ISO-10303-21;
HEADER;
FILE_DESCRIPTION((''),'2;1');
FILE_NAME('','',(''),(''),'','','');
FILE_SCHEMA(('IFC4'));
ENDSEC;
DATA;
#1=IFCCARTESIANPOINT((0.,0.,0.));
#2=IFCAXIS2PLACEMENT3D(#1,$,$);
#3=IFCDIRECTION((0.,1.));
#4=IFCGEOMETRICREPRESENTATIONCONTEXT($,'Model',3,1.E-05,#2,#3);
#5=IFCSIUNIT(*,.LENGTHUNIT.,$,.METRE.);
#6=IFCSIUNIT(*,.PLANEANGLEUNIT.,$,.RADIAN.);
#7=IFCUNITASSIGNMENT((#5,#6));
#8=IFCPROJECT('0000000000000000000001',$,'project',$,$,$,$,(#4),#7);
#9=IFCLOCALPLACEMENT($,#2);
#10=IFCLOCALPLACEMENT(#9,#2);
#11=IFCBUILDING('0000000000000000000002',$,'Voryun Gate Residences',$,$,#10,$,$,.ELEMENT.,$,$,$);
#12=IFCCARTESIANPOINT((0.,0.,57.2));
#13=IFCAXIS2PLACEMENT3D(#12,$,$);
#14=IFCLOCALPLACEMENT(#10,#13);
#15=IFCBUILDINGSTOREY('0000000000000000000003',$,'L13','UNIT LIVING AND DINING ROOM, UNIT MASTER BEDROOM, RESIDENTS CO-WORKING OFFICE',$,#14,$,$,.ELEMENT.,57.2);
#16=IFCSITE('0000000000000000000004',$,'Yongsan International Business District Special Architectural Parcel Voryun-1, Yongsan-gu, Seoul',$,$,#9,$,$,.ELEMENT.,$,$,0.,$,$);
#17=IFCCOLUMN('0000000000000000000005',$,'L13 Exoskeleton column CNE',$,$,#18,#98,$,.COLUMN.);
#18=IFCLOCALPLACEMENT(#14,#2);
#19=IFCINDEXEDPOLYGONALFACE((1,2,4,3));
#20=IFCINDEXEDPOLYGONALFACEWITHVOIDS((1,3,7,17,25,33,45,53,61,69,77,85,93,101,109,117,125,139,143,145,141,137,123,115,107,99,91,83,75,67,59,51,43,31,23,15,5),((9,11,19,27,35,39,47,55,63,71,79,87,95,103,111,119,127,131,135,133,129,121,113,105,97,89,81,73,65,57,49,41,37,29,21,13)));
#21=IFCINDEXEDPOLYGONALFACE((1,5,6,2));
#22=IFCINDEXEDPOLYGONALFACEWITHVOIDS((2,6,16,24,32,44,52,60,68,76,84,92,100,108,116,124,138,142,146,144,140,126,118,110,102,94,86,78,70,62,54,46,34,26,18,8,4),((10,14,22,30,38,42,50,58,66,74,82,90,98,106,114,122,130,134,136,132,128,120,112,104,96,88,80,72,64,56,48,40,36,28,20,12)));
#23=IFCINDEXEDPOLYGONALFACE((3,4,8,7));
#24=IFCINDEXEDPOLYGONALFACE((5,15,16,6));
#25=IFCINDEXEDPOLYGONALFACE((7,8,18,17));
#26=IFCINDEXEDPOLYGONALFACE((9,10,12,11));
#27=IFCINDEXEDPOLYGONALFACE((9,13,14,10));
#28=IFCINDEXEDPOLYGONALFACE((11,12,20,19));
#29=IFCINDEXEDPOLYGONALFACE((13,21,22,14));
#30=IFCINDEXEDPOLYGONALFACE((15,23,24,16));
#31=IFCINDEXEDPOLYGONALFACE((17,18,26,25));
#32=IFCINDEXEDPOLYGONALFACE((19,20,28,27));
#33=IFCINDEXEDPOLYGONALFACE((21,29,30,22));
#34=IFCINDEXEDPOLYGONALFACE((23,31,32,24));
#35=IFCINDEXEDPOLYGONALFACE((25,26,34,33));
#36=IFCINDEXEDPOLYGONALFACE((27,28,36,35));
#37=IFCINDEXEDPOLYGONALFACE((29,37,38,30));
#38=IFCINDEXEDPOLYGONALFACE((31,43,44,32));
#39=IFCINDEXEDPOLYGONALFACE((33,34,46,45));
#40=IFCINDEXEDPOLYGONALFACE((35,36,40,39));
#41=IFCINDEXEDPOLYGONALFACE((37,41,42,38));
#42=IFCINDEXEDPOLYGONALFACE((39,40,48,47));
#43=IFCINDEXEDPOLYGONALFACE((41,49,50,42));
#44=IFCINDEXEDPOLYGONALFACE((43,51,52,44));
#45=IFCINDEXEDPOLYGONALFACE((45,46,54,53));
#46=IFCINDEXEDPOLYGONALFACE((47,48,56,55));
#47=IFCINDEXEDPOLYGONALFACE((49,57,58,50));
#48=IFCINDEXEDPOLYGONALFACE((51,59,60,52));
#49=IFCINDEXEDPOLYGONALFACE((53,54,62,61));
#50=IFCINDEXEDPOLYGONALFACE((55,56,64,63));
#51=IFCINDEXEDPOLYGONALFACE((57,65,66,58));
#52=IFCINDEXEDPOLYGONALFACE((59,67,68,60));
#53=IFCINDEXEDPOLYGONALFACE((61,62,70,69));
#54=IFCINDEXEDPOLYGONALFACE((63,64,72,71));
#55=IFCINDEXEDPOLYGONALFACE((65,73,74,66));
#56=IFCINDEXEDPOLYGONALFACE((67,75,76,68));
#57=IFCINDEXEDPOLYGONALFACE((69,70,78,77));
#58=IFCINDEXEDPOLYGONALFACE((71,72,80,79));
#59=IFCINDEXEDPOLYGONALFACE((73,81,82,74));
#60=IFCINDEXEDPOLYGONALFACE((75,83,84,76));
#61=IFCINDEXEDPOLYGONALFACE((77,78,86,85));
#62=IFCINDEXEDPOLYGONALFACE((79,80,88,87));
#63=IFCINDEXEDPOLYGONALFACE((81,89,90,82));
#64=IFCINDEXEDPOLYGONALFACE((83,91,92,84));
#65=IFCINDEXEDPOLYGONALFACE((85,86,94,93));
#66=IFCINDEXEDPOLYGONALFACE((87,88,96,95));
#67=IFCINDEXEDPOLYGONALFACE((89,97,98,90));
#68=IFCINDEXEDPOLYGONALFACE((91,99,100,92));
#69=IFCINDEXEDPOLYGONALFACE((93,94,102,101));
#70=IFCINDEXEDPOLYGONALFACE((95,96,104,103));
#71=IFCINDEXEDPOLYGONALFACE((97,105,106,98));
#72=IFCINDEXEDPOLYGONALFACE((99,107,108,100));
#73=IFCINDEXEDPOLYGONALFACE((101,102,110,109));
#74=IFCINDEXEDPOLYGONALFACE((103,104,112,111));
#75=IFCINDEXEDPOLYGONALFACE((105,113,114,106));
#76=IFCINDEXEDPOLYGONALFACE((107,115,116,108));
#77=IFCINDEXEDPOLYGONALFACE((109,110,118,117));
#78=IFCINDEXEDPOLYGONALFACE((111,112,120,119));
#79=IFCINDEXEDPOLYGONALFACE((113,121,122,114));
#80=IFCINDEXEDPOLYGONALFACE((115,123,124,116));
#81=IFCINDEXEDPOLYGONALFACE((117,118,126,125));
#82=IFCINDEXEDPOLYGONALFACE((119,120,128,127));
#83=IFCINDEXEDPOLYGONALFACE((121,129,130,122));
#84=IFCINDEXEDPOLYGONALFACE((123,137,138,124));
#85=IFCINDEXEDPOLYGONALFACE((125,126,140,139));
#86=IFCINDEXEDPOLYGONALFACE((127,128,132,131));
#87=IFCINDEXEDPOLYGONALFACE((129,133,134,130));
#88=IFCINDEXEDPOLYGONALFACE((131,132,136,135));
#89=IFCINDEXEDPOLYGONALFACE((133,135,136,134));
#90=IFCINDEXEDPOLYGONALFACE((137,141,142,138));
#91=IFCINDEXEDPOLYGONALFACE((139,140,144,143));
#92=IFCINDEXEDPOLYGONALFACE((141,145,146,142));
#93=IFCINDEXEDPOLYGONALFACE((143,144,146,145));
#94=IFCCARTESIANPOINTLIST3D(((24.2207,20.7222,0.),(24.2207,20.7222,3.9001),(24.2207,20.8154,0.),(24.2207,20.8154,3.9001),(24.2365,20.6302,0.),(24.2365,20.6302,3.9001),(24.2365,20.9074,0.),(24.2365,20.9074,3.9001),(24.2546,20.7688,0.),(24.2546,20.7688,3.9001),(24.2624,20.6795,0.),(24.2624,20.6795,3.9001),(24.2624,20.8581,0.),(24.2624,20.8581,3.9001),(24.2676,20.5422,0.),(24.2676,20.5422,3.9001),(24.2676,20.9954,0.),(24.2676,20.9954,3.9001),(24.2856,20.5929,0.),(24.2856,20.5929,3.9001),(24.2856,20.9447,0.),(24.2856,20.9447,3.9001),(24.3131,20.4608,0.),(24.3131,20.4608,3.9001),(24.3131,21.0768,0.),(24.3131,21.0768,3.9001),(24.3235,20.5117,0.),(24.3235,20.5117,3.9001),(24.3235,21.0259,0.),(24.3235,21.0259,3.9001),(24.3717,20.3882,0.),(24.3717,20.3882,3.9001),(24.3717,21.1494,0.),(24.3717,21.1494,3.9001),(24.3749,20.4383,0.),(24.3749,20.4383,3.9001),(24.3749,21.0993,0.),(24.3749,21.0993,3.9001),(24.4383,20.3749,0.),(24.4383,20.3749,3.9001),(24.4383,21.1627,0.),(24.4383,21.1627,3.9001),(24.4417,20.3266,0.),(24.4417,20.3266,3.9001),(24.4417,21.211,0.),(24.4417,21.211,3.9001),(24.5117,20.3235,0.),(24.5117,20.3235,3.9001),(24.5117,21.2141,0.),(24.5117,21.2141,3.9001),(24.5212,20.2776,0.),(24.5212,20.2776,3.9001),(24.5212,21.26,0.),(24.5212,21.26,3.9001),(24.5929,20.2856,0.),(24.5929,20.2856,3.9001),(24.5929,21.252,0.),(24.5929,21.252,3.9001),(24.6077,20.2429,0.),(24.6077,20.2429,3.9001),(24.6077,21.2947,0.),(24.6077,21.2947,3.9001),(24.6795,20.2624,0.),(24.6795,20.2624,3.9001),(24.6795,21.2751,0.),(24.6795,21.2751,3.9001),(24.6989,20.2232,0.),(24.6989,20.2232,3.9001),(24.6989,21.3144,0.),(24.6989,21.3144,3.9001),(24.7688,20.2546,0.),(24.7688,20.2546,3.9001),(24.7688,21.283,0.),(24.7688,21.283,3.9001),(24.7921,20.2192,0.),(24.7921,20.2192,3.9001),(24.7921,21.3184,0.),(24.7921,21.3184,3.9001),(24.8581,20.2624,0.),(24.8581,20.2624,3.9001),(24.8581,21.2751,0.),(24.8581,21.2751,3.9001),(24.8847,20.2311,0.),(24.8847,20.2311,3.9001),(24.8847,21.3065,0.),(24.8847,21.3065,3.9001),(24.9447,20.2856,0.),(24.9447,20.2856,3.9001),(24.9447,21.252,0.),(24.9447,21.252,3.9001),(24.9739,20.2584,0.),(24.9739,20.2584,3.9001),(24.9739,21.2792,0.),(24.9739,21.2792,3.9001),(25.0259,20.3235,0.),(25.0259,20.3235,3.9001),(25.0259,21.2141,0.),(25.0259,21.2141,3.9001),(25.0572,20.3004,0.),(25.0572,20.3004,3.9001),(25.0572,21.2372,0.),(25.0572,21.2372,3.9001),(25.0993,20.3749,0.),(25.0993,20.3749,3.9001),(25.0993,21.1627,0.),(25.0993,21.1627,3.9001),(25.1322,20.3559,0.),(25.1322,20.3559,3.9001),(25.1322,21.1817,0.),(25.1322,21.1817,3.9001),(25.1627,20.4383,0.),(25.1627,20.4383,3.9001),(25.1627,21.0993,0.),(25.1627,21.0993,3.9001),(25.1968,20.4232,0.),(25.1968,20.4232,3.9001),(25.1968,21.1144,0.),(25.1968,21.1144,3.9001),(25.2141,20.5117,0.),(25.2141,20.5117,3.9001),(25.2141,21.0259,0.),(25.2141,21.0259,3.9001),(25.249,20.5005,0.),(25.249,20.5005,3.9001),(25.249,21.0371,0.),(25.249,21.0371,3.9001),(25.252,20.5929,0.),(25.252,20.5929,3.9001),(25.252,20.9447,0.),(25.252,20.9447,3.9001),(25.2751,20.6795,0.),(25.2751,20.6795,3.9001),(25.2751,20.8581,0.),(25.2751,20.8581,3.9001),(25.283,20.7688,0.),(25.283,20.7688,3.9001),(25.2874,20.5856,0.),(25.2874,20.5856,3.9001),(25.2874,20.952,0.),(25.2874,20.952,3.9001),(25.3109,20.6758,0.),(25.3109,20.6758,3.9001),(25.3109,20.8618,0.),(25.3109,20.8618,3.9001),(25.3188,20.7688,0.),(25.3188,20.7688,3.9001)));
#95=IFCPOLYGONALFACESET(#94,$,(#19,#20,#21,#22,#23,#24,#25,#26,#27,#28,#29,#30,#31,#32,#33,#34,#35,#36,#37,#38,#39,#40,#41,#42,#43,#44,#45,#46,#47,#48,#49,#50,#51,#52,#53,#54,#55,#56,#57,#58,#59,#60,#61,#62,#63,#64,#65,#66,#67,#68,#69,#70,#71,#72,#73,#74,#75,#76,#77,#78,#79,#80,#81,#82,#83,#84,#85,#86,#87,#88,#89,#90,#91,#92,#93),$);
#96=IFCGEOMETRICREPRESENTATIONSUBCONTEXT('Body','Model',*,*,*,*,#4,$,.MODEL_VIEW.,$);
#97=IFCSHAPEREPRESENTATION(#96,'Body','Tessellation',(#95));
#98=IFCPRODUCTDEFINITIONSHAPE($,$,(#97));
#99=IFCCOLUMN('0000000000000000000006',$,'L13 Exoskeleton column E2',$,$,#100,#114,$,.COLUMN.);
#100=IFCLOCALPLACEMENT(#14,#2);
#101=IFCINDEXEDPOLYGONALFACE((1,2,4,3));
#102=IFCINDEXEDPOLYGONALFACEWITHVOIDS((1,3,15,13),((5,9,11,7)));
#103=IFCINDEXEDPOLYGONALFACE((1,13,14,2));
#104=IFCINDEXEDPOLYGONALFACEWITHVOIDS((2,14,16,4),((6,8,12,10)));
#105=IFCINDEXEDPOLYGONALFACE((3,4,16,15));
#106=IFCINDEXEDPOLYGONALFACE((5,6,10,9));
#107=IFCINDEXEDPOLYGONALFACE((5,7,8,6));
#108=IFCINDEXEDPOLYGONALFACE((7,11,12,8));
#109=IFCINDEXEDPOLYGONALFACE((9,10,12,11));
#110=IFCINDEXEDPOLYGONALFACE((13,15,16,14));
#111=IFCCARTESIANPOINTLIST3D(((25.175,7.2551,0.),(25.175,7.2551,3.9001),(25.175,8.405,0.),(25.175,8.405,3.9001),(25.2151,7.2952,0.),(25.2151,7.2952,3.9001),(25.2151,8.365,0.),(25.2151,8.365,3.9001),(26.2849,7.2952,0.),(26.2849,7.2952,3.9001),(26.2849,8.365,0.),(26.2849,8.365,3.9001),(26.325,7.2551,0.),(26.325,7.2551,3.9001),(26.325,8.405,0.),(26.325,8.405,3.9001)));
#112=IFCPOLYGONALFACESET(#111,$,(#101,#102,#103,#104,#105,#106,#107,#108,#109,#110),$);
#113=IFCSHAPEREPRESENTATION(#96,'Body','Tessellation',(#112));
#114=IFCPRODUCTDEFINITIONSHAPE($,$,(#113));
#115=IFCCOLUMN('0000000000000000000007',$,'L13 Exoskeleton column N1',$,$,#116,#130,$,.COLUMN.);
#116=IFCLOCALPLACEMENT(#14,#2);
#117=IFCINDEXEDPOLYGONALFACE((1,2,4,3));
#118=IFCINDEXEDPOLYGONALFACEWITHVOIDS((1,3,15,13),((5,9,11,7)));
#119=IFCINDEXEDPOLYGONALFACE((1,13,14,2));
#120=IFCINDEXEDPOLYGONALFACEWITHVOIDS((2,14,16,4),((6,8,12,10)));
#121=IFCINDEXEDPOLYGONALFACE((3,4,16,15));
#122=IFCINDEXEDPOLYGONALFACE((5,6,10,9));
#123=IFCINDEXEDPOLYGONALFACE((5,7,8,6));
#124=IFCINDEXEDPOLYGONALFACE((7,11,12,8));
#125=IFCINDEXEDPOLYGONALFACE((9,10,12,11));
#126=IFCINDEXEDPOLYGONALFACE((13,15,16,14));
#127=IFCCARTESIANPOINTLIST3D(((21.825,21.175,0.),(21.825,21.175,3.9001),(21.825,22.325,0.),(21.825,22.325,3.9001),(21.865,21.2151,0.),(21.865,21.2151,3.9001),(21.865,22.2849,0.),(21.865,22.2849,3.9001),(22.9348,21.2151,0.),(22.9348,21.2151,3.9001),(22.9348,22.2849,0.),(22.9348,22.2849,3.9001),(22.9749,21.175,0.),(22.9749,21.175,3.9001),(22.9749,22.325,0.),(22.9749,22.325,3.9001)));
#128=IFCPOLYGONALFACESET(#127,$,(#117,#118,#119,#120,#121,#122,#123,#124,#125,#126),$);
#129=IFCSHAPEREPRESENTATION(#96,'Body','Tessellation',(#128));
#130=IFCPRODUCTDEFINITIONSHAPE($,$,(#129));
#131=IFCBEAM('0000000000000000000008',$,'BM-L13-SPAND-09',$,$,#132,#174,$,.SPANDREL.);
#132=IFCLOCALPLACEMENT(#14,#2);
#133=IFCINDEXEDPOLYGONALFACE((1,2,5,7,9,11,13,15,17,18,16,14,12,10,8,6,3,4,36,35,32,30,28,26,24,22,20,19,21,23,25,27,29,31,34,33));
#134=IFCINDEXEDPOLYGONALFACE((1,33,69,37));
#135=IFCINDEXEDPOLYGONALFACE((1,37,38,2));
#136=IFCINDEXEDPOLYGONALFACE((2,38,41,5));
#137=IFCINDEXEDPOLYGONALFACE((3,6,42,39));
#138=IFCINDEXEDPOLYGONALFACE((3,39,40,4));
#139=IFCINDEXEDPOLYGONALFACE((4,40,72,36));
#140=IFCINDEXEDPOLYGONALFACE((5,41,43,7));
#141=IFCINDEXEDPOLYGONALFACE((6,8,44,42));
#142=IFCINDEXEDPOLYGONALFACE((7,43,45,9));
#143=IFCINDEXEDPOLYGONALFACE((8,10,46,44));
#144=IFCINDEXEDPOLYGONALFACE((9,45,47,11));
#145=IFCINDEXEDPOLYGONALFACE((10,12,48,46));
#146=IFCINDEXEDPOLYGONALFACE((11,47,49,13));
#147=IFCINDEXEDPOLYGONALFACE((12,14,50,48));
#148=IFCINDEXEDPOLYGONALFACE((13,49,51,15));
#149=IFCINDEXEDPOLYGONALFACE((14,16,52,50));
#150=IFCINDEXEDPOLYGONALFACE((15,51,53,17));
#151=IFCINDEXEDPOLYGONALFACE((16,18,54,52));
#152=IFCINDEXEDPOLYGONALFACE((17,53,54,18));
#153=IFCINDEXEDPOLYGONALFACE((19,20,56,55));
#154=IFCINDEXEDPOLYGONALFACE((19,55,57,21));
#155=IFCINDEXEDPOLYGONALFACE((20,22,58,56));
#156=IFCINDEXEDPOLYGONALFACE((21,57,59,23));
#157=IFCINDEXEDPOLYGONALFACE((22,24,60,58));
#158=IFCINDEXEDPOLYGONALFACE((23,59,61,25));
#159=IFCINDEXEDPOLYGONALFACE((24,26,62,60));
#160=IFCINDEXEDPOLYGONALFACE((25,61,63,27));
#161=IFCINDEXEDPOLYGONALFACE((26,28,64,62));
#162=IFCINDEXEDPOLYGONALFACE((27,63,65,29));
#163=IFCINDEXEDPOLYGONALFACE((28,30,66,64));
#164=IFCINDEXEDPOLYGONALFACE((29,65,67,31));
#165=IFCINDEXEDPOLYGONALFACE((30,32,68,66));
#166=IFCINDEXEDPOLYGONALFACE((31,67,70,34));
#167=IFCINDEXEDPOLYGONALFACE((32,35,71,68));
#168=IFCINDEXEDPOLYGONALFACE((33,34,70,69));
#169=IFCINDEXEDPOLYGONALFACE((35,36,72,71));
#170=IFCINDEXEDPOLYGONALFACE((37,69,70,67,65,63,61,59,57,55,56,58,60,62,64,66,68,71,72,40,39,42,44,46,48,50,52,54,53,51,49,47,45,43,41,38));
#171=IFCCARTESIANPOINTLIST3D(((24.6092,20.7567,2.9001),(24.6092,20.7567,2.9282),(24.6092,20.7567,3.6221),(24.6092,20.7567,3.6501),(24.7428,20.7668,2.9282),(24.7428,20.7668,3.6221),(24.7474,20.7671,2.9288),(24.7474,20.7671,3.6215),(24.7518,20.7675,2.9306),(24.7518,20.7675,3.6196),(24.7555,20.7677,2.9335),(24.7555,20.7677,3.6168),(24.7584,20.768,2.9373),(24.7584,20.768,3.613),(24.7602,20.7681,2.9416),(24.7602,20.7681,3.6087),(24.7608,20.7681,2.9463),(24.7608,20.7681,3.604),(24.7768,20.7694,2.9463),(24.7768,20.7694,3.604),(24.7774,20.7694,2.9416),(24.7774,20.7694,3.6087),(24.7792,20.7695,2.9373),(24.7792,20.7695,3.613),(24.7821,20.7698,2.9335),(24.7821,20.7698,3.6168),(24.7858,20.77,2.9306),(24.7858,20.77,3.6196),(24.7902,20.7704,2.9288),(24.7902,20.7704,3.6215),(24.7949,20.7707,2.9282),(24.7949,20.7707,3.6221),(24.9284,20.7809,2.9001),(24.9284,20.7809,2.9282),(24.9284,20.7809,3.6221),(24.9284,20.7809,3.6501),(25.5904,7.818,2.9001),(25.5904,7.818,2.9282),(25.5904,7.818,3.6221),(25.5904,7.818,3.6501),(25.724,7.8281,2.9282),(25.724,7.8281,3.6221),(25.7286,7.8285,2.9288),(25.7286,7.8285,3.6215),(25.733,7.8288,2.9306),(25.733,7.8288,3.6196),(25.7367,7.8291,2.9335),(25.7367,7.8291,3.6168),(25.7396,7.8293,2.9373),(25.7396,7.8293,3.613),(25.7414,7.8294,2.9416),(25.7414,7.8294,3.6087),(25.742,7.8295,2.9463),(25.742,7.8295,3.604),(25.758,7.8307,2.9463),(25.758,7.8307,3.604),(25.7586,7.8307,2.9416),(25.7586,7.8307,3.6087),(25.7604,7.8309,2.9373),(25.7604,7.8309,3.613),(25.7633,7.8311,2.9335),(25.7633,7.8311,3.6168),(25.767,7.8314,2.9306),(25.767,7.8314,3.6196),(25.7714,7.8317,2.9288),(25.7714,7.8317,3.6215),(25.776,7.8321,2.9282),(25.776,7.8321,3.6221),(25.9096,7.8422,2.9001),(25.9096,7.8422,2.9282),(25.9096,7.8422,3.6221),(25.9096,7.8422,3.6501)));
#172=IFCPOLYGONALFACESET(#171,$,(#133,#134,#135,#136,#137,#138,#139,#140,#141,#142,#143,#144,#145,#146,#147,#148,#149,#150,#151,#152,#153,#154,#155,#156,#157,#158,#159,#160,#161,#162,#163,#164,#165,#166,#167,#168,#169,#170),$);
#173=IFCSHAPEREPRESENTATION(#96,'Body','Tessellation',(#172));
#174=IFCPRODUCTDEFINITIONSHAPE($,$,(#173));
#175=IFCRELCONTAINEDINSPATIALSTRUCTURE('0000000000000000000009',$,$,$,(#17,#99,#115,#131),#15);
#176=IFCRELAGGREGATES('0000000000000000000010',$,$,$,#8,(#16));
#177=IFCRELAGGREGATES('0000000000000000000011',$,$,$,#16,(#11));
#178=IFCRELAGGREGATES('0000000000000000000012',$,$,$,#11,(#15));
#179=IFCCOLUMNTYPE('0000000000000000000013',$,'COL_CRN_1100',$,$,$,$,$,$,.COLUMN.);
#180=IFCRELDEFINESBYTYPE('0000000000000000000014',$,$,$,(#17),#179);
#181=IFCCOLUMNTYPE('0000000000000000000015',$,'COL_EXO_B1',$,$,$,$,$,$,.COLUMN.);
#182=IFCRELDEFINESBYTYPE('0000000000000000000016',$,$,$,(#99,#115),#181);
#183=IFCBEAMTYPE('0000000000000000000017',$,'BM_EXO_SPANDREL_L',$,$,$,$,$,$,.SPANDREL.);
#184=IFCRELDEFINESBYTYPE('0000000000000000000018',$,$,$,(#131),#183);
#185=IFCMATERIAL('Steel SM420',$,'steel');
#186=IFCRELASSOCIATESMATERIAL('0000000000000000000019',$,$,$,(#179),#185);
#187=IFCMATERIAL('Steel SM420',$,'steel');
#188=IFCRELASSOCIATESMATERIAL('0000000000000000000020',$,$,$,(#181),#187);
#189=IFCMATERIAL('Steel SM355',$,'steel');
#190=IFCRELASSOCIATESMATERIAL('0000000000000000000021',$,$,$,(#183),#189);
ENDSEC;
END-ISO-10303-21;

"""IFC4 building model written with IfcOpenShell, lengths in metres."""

from ifc_helpers import new_model, si_unit, direction, frame, origin, origin_2d, place, context, subcontext, project, spatial, hollow_rectangle, hollow_circle, i_section, extrude, material, material_profile, profile_set, type_object, element, save


model = new_model("IFC4")

# Units and contexts
model_context = context("Model", 3, precision=1e-05, world=origin(), true_north=direction((0.0, 1.0)))
body_context = subcontext(model_context, "Body", "Model", "MODEL_VIEW")
ifc_project = project(units=[si_unit("LENGTHUNIT", "METRE"), si_unit("PLANEANGLEUNIT", "RADIAN")], contexts=[model_context])

# Site, building, storey
site_placement = place(None, origin())
site = spatial("IfcSite", under=ifc_project, at=site_placement, Name="Yongsan International Business District Special Architectural Parcel Voryun-1, Yongsan-gu, Seoul", CompositionType="ELEMENT", RefElevation=0.0)
building_placement = place(site_placement, origin())
building = spatial("IfcBuilding", under=site, at=building_placement, Name="Voryun Gate Residences", CompositionType="ELEMENT")
storey_placement = place(building_placement, frame((0.0, 0.0, 57.2)))
storey = spatial("IfcBuildingStorey", under=building, at=storey_placement, Name="L13", Description="UNIT LIVING AND DINING ROOM, UNIT MASTER BEDROOM, RESIDENTS CO-WORKING OFFICE", CompositionType="ELEMENT", Elevation=57.2)

# Columns
ifc_material_1 = material(Name="Steel SM420", Category="steel")
ifc_material_profile_1 = material_profile(ifc_material_1, hollow_circle(Radius=0.55, WallThickness=0.0359, at=origin_2d()), Name="CHS-1100x36")
ifc_profile_set_1 = profile_set([ifc_material_profile_1], Name="Steel SM420")
column_type_1 = type_object("IfcColumnType", Name="COL_CRN_1100", PredefinedType="COLUMN", material=ifc_profile_set_1)
column_placement = place(storey_placement, frame((24.7688, 20.7688, 0.0), z_axis=(0.0, 0.0, 1.0), x_axis=(1.0, 0.0, 0.0)))
element("IfcColumn", 1, at=column_placement, inside=storey, type_object=column_type_1, Name="L13 Exoskeleton column CNE", PredefinedType="COLUMN", context=body_context, shape_type="SweptSolid", body=[
    extrude(hollow_circle(Radius=0.55, WallThickness=0.0359, at=origin_2d()), origin(), (0.0, 0.0, 1.0), 3.9001),
])
ifc_material_2 = material(Name="Steel SM420", Category="steel")
ifc_material_profile_2 = material_profile(ifc_material_2, hollow_rectangle(XDim=1.1499, YDim=1.1499, WallThickness=0.04, at=origin_2d()), Name="BOX-1150x1150x40")
ifc_profile_set_2 = profile_set([ifc_material_profile_2], Name="Steel SM420")
column_type_2 = type_object("IfcColumnType", Name="COL_EXO_B1", PredefinedType="COLUMN", material=ifc_profile_set_2)
for number, where, z_axis, x_axis, name in (
    (2, (25.75, 7.8301, 0.0), (0.0, 0.0, 1.0), (1.0, 0.0, 0.0), "L13 Exoskeleton column E2"),
    (3, (22.3999, 21.75, 0.0), (0.0, 0.0, 1.0), (1.0, 0.0, 0.0), "L13 Exoskeleton column N1"),
):
    element("IfcColumn", number, at=place(storey_placement, frame(where, z_axis=z_axis, x_axis=x_axis)), inside=storey, type_object=column_type_2, Name=name, PredefinedType="COLUMN", context=body_context, shape_type="SweptSolid", body=[
        extrude(hollow_rectangle(XDim=1.1499, YDim=1.1499, WallThickness=0.04, at=origin_2d()), origin(), (0.0, 0.0, 1.0), 3.9001),
    ])

# Beam
ifc_material_3 = material(Name="Steel SM355", Category="steel")
ifc_material_profile_3 = material_profile(ifc_material_3, i_section(OverallWidth=0.3201, OverallDepth=0.75, WebThickness=0.0161, FlangeThickness=0.0281, FilletRadius=0.0181, at=origin_2d()), Name="H-750x320x16x28")
ifc_profile_set_3 = profile_set([ifc_material_profile_3], Name="Steel SM355")
beam_type = type_object("IfcBeamType", Name="BM_EXO_SPANDREL_L", PredefinedType="SPANDREL", material=ifc_profile_set_3)
beam_1_placement = place(storey_placement, frame((25.75, 7.8301, 3.2751), z_axis=(-0.075617, 0.997137, 0.0), x_axis=(-0.997137, -0.075617, 0.0)))
element("IfcBeam", 4, at=beam_1_placement, inside=storey, type_object=beam_type, Name="BM-L13-SPAND-09", PredefinedType="SPANDREL", context=body_context, shape_type="SweptSolid", body=[
    extrude(i_section(OverallWidth=0.3201, OverallDepth=0.75, WebThickness=0.0161, FlangeThickness=0.0281, FilletRadius=0.0181, at=origin_2d()), origin(), (0.0, 0.0, 1.0), 12.9758),
])

save(model, "model.ifc")
